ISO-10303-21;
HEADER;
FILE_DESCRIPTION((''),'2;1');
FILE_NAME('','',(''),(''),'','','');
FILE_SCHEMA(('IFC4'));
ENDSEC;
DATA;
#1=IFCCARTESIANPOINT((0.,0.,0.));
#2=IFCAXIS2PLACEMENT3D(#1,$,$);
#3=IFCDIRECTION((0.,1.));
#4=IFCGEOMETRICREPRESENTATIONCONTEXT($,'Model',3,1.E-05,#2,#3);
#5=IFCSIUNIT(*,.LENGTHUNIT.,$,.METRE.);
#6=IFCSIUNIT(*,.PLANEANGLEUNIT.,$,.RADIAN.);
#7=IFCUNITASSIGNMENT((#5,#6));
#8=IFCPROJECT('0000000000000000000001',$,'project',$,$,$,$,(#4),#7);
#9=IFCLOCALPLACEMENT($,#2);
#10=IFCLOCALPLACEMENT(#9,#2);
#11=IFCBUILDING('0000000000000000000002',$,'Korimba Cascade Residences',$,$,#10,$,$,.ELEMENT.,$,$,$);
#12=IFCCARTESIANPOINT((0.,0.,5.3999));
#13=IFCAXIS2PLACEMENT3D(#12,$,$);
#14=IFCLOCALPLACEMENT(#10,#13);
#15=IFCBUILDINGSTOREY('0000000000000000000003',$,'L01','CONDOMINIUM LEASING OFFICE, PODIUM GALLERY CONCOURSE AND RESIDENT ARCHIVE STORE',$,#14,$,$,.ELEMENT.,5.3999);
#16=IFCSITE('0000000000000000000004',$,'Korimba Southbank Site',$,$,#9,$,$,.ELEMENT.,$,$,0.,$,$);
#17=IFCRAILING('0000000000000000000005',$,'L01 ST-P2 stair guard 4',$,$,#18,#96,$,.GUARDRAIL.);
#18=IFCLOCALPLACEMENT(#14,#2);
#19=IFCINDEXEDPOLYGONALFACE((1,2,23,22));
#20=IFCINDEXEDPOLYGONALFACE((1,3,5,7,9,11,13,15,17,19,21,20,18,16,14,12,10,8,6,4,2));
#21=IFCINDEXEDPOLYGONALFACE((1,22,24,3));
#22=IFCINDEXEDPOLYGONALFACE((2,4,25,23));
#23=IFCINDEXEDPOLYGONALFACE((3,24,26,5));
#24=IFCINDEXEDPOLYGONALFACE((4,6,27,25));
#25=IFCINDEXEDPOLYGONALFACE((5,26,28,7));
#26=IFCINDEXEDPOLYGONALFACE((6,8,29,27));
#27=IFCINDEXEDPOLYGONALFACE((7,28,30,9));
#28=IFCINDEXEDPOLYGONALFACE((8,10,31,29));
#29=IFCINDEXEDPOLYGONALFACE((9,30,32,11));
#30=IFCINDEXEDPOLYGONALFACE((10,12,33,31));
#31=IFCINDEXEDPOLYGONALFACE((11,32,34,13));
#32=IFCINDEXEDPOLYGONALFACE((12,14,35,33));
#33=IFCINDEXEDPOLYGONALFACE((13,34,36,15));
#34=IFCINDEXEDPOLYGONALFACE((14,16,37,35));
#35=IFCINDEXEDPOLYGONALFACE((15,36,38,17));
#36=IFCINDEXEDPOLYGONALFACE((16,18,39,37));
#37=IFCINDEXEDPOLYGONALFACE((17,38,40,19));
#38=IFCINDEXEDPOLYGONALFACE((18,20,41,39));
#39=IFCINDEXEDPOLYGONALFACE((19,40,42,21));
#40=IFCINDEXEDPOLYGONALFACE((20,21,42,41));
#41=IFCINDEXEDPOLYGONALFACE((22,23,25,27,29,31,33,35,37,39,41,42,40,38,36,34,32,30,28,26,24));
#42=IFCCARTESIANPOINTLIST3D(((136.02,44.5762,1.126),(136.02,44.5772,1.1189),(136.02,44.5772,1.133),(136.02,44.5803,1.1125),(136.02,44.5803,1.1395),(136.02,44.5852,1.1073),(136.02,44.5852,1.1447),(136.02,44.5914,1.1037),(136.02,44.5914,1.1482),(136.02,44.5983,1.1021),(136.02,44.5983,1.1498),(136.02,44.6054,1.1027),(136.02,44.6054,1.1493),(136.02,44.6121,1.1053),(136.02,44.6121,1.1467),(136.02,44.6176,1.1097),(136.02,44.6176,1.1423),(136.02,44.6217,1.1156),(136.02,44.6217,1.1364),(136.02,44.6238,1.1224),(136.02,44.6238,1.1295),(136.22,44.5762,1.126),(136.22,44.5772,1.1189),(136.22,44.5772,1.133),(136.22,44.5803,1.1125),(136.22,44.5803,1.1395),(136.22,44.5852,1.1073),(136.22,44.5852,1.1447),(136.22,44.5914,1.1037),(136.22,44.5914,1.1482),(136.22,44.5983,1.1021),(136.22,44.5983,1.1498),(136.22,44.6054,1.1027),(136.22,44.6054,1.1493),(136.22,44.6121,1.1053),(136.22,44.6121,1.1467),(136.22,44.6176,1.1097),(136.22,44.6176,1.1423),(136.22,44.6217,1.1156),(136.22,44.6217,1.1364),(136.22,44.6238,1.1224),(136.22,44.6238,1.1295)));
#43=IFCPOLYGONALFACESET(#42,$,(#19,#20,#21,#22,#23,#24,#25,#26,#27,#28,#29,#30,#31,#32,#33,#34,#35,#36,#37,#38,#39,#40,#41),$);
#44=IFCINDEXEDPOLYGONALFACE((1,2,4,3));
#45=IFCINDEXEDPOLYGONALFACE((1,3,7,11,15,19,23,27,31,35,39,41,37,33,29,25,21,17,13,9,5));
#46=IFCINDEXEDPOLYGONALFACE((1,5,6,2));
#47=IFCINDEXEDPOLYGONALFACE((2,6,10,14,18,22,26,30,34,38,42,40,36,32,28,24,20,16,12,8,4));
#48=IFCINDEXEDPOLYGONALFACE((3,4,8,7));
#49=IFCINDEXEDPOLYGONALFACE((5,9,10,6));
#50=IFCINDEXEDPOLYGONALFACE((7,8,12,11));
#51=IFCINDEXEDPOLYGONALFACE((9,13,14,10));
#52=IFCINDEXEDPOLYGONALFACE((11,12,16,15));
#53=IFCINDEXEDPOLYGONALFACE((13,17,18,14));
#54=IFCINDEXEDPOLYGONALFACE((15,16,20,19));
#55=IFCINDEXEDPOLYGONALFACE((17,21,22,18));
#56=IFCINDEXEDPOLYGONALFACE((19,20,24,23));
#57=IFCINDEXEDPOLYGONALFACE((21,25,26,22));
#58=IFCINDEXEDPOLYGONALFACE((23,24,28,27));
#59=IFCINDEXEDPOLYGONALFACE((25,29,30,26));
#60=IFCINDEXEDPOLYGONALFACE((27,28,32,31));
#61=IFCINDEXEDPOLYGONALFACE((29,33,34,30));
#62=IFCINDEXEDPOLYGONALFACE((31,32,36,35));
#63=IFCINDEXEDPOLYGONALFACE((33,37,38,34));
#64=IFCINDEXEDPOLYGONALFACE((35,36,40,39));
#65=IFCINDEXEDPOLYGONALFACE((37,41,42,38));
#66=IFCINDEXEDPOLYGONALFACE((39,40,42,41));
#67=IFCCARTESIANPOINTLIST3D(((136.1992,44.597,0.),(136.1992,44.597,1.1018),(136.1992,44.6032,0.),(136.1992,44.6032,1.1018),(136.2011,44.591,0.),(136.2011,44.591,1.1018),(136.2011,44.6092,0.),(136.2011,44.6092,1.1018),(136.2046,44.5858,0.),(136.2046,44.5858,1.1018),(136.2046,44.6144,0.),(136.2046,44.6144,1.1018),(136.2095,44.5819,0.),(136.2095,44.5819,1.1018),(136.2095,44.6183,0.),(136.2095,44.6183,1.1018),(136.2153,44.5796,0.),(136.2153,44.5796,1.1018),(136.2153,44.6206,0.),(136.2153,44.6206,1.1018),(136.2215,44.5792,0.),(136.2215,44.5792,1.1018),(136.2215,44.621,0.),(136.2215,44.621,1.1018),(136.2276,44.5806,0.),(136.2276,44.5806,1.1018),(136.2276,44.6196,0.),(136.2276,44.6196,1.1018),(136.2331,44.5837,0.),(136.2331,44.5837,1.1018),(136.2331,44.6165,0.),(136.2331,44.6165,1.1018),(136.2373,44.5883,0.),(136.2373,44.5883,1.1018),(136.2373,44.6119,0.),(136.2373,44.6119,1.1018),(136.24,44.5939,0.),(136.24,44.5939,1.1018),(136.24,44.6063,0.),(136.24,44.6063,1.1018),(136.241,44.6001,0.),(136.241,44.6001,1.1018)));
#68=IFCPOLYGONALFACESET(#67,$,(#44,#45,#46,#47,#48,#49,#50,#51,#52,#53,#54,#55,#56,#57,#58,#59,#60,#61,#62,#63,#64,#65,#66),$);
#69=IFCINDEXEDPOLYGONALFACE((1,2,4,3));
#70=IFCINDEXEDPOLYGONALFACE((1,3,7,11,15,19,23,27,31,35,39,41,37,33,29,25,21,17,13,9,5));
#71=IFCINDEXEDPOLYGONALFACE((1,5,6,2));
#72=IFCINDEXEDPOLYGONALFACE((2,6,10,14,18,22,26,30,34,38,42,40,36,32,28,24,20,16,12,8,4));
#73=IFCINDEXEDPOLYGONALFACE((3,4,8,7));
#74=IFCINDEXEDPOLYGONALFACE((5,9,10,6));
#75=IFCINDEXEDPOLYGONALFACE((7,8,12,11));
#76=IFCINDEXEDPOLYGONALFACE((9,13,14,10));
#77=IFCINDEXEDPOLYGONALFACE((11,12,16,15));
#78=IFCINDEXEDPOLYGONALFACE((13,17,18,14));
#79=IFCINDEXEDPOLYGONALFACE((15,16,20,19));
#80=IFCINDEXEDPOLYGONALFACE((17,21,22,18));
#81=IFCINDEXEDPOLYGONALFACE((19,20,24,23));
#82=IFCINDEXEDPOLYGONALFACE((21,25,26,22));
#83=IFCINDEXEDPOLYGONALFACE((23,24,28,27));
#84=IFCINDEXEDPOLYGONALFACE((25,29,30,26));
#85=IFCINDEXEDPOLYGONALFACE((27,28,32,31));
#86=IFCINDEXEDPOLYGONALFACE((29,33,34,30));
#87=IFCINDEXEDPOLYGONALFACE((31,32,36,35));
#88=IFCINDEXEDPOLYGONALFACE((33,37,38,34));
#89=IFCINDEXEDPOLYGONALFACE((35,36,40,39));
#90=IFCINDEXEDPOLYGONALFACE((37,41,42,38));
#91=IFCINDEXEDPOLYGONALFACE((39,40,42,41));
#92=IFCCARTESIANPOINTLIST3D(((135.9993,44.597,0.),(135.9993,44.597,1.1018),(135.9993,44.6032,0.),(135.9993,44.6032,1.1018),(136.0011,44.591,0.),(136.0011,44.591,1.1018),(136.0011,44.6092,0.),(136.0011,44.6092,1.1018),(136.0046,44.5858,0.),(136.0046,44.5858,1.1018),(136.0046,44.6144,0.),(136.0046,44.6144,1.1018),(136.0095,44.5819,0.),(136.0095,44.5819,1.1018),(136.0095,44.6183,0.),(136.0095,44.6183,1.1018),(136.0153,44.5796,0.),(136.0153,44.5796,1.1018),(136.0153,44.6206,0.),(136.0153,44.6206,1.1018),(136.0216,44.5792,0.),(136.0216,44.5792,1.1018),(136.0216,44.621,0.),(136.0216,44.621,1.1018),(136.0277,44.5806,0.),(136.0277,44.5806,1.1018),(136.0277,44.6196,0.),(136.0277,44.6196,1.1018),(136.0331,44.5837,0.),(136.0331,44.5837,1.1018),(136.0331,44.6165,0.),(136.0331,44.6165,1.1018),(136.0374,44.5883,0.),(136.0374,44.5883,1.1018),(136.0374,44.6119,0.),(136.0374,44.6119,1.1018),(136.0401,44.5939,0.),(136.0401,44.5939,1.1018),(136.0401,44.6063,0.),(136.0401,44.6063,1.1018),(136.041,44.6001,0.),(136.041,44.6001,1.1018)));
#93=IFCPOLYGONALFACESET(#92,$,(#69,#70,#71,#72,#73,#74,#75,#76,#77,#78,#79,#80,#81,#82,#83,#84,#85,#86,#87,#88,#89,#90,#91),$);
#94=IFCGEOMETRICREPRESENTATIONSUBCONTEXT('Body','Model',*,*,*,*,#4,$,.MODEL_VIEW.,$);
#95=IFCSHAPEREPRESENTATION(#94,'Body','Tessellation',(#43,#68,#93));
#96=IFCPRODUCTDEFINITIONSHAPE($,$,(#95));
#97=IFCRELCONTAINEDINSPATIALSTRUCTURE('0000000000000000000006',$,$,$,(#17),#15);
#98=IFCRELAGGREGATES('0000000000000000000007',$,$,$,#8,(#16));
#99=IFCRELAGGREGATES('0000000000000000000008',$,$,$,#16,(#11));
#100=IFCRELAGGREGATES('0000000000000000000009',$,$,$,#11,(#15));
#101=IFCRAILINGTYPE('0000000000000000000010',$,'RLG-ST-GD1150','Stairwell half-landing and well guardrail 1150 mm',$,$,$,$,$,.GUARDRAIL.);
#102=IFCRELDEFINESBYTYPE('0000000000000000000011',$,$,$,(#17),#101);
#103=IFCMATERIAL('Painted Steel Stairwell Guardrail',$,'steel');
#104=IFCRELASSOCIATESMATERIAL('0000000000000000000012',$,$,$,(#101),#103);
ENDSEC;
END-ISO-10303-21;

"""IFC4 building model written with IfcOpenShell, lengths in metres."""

from ifc_helpers import new_model, si_unit, direction, frame, origin, origin_2d, place, context, subcontext, project, spatial, circle, extrude, material, type_object, element, save


model = new_model("IFC4")

# Units and contexts
model_context = context("Model", 3, precision=1e-05, world=origin(), true_north=direction((0.0, 1.0)))
body_context = subcontext(model_context, "Body", "Model", "MODEL_VIEW")
ifc_project = project(units=[si_unit("LENGTHUNIT", "METRE"), si_unit("PLANEANGLEUNIT", "RADIAN")], contexts=[model_context])

# Site, building, storey
site_placement = place(None, origin())
site = spatial("IfcSite", under=ifc_project, at=site_placement, Name="Korimba Southbank Site", CompositionType="ELEMENT", RefElevation=0.0)
building_placement = place(site_placement, origin())
building = spatial("IfcBuilding", under=site, at=building_placement, Name="Korimba Cascade Residences", CompositionType="ELEMENT")
storey_placement = place(building_placement, frame((0.0, 0.0, 5.3999)))
storey = spatial("IfcBuildingStorey", under=building, at=storey_placement, Name="L01", Description="CONDOMINIUM LEASING OFFICE, PODIUM GALLERY CONCOURSE AND RESIDENT ARCHIVE STORE", CompositionType="ELEMENT", Elevation=5.3999)

# Railing
ifc_material_1 = material(Name="Painted Steel Stairwell Guardrail", Category="steel")
railing_type_1 = type_object("IfcRailingType", Name="RLG-ST-GD1150", Description="Stairwell half-landing and well guardrail 1150 mm", PredefinedType="GUARDRAIL", material=ifc_material_1)
railing_1_placement = place(storey_placement, frame((136.22, 44.6001, 0.0)))
element("IfcRailing", 1, at=railing_1_placement, inside=storey, type_object=railing_type_1, Name="L01 ST-P2 stair guard 4", PredefinedType="GUARDRAIL", context=body_context, shape_type="SweptSolid", body=[
    extrude(circle(Radius=0.0239, at=origin_2d()), frame((0.0, 0.0, 1.126), z_axis=(-1.0, 0.0, 0.0), x_axis=(0.0, -1.0, 0.0)), (0.0, 0.0, 1.0), 0.2),
    extrude(circle(Radius=0.021, at=origin_2d()), origin(), (0.0, 0.0, 1.0), 1.1018),
    extrude(circle(Radius=0.021, at=origin_2d()), frame((-0.2, 0.0, 0.0)), (0.0, 0.0, 1.0), 1.1018),
])

save(model, "model.ifc")
